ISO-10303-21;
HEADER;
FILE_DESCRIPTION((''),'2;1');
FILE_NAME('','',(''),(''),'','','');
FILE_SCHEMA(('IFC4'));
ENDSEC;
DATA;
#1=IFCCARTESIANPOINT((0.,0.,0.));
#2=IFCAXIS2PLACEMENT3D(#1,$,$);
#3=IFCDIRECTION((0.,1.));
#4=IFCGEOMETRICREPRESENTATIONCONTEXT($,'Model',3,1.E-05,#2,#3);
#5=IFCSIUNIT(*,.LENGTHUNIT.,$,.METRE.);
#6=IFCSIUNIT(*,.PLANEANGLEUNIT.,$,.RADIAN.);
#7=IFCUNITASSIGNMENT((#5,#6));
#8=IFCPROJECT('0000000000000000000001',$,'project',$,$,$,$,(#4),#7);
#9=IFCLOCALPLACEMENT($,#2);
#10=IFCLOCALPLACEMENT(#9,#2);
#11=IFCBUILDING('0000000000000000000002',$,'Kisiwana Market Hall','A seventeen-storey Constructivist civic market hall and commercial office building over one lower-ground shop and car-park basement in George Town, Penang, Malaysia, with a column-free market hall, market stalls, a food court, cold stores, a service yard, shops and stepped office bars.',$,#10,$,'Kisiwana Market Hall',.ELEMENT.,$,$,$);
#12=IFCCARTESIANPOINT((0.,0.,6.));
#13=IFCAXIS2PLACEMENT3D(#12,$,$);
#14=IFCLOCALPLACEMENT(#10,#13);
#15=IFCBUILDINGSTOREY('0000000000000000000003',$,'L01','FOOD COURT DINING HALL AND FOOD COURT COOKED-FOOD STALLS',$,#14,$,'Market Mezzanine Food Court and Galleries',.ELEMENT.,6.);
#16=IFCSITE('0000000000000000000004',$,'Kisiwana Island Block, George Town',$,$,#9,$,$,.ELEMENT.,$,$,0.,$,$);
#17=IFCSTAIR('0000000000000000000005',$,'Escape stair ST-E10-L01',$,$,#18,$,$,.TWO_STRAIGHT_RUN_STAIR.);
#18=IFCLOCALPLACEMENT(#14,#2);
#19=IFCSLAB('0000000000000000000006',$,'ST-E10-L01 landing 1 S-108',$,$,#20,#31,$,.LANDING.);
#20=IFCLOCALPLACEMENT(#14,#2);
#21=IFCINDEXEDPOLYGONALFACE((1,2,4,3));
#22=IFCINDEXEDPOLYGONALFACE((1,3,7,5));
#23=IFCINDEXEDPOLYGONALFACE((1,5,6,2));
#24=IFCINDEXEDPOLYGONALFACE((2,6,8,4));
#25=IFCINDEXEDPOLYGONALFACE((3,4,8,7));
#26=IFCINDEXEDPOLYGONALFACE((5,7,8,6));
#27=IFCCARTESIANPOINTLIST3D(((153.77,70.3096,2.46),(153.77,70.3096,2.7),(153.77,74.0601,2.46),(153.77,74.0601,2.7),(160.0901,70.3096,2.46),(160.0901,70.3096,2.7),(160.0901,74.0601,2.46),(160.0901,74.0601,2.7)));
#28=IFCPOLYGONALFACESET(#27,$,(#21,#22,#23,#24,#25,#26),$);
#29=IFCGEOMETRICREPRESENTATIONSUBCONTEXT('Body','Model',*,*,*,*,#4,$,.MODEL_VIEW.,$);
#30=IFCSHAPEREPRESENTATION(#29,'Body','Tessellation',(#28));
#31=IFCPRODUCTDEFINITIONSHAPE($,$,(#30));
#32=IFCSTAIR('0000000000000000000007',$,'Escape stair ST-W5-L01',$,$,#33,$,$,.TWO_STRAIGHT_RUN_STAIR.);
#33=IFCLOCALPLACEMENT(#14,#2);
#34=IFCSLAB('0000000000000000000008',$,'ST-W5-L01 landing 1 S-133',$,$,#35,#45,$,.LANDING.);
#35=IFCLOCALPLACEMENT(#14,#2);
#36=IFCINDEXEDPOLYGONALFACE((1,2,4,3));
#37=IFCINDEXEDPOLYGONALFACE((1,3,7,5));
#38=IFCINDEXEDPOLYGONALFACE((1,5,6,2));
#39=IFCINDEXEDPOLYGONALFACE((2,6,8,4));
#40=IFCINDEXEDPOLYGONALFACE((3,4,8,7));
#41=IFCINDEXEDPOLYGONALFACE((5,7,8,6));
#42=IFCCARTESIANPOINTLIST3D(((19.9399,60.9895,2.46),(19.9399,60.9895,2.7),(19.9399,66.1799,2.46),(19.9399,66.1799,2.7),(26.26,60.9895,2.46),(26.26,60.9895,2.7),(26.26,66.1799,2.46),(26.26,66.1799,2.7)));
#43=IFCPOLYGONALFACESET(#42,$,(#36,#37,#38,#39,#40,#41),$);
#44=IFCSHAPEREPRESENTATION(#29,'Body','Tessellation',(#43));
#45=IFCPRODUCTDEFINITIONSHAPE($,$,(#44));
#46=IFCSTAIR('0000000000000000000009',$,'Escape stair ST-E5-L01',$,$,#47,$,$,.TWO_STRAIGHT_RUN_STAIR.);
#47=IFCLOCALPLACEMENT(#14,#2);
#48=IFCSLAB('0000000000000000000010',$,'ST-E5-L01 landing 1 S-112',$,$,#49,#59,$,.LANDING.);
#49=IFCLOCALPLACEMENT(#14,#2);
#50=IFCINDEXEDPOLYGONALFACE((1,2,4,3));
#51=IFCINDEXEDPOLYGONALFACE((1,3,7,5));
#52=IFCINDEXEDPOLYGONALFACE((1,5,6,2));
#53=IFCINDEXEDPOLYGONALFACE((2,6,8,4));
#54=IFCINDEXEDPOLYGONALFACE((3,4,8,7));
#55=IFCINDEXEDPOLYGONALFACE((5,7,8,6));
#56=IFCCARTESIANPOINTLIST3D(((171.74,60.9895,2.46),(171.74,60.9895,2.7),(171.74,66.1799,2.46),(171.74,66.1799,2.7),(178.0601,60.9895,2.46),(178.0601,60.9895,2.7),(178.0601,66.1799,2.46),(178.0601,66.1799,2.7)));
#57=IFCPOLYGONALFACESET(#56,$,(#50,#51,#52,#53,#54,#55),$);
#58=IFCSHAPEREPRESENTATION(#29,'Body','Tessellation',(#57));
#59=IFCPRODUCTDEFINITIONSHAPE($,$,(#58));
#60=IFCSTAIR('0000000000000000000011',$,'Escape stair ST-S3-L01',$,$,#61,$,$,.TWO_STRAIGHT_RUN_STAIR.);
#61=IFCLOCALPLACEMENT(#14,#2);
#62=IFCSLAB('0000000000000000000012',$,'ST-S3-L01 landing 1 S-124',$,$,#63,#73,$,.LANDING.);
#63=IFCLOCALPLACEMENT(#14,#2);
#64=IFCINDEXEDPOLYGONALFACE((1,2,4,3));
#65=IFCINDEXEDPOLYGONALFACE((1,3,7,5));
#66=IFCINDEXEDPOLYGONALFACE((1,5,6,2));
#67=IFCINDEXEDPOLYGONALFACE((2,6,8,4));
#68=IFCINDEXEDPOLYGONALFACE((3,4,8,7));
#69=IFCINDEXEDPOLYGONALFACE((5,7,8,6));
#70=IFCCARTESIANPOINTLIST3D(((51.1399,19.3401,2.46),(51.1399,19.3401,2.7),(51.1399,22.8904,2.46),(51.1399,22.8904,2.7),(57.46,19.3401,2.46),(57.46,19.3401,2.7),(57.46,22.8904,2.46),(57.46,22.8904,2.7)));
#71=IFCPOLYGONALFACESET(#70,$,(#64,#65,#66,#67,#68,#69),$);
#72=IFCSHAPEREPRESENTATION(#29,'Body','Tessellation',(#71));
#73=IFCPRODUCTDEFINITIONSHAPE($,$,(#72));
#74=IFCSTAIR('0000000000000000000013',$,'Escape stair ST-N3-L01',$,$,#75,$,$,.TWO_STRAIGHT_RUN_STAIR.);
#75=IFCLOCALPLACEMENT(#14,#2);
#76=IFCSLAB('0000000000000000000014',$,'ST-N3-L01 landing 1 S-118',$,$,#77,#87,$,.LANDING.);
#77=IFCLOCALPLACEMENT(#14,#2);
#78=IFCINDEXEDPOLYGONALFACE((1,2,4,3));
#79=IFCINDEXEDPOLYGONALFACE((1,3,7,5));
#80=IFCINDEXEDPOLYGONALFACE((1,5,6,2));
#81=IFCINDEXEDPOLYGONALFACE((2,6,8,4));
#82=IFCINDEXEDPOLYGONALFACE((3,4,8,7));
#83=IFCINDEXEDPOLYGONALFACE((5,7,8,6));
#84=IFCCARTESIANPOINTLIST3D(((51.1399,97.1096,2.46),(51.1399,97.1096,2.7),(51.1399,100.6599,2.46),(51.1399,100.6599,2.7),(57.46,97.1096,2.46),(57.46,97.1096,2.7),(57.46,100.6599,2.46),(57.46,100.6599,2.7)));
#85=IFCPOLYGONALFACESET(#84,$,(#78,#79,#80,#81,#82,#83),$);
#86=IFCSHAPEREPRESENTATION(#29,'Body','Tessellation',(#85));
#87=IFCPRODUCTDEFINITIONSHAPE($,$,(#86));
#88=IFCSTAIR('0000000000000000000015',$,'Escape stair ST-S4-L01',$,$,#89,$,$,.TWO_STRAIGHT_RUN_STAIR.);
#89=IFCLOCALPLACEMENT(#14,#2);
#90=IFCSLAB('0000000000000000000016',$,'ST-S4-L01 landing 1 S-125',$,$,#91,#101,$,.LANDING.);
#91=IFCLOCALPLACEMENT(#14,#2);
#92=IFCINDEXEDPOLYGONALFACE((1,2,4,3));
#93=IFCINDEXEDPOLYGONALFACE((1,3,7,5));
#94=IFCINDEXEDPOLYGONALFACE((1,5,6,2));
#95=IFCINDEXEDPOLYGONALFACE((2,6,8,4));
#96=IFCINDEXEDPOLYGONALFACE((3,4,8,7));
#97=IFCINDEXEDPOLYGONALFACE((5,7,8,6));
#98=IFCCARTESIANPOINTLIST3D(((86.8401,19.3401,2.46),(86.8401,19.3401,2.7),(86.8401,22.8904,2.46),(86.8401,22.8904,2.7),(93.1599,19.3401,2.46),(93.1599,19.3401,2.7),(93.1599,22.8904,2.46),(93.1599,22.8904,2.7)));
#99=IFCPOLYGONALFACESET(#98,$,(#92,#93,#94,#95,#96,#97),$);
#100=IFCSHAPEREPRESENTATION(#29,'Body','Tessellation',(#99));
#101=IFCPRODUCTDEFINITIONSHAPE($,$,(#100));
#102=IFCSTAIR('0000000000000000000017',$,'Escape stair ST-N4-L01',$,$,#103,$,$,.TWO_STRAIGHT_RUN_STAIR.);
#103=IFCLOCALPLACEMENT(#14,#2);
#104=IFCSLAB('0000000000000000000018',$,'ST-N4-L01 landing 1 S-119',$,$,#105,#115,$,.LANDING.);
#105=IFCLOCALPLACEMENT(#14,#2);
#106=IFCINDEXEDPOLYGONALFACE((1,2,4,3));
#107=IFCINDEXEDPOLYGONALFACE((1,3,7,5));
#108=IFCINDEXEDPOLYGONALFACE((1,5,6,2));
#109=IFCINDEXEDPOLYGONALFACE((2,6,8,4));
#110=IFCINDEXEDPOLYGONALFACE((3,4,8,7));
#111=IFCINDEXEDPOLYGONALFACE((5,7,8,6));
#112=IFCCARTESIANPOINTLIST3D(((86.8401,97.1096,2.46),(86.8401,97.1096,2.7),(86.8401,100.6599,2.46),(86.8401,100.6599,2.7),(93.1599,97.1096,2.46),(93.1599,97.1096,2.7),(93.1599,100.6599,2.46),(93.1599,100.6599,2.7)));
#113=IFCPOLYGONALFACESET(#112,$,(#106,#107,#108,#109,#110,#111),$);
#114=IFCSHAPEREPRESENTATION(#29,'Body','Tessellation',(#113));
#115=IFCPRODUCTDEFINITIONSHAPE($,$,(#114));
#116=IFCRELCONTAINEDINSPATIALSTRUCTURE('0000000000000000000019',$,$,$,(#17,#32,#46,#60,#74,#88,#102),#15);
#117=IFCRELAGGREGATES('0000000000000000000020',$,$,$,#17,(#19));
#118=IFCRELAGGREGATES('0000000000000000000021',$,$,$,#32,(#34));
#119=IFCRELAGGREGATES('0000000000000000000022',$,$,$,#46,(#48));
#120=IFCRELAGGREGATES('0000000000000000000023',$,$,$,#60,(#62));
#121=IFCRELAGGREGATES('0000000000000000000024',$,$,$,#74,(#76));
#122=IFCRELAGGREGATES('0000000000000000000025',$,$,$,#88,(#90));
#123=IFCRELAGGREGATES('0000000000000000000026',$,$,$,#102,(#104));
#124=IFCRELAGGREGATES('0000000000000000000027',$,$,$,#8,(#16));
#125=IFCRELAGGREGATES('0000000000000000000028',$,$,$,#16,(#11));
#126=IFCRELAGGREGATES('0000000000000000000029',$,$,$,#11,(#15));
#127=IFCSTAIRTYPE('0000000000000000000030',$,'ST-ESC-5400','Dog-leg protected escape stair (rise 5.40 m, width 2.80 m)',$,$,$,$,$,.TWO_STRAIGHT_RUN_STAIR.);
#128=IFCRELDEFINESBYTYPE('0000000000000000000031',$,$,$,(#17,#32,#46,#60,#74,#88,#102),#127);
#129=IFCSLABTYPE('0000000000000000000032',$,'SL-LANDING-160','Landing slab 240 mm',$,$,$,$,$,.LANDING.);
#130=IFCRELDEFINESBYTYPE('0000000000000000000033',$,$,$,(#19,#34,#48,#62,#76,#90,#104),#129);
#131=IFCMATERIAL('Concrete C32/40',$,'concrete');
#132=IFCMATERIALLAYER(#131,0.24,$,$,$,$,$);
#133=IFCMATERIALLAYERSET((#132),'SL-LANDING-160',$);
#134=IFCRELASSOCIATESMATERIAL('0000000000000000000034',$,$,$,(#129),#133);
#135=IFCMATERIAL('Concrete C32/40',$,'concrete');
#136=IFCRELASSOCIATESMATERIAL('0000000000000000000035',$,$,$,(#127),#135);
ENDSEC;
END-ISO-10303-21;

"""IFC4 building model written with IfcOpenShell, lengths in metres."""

from ifc_helpers import new_model, si_unit, direction, frame, origin, place, context, subcontext, project, spatial, polyline, outline, extrude, material, layer, layer_set, type_object, element, aggregate, save


model = new_model("IFC4")

# Units and contexts
model_context = context("Model", 3, precision=1e-05, world=origin(), true_north=direction((0.0, 1.0)))
body_context = subcontext(model_context, "Body", "Model", "MODEL_VIEW")
ifc_project = project(units=[si_unit("LENGTHUNIT", "METRE"), si_unit("PLANEANGLEUNIT", "RADIAN")], contexts=[model_context])

# Site, building, storey
site_placement = place(None, origin())
site = spatial("IfcSite", under=ifc_project, at=site_placement, Name="Kisiwana Island Block, George Town", CompositionType="ELEMENT", RefElevation=0.0)
building_placement = place(site_placement, origin())
building = spatial("IfcBuilding", under=site, at=building_placement, Name="Kisiwana Market Hall", Description="A seventeen-storey Constructivist civic market hall and commercial office building over one lower-ground shop and car-park basement in George Town, Penang, Malaysia, with a column-free market hall, market stalls, a food court, cold stores, a service yard, shops and stepped office bars.", LongName="Kisiwana Market Hall", CompositionType="ELEMENT")
storey_placement = place(building_placement, frame((0.0, 0.0, 6.0)))
storey = spatial("IfcBuildingStorey", under=building, at=storey_placement, Name="L01", Description="FOOD COURT DINING HALL AND FOOD COURT COOKED-FOOD STALLS", LongName="Market Mezzanine Food Court and Galleries", CompositionType="ELEMENT", Elevation=6.0)

# Stairs, slabs
ifc_material_1 = material(Name="Concrete C32/40", Category="concrete")
ifc_layer = layer(ifc_material_1, 0.24)
ifc_layer_set = layer_set([ifc_layer], Name="SL-LANDING-160")
slab_type = type_object("IfcSlabType", Name="SL-LANDING-160", Description="Landing slab 240 mm", PredefinedType="LANDING", material=ifc_layer_set)
ifc_material_2 = material(Name="Concrete C32/40", Category="concrete")
stair_type_1 = type_object("IfcStairType", Name="ST-ESC-5400", Description="Dog-leg protected escape stair (rise 5.40 m, width 2.80 m)", PredefinedType="TWO_STRAIGHT_RUN_STAIR", material=ifc_material_2)
stair_1_placement = place(storey_placement, origin())
stair_1 = element("IfcStair", 1, at=stair_1_placement, inside=storey, type_object=stair_type_1, Name="Escape stair ST-E10-L01", PredefinedType="TWO_STRAIGHT_RUN_STAIR")
slab_1_placement = place(storey_placement, frame((0.0, 0.0, 2.46)))
slab_1 = element("IfcSlab", 2, at=slab_1_placement, type_object=slab_type, Name="ST-E10-L01 landing 1 S-108", PredefinedType="LANDING", context=body_context, shape_type="SweptSolid", body=[
    extrude(outline(polyline([(153.77, 70.3096), (160.0901, 70.3096), (160.0901, 74.0601), (153.77, 74.0601), (153.77, 70.3096)])), origin(), (0.0, 0.0, 1.0), 0.24),
])
aggregate(stair_1, [slab_1])
stair_2_placement = place(storey_placement, origin())
stair_2 = element("IfcStair", 3, at=stair_2_placement, inside=storey, type_object=stair_type_1, Name="Escape stair ST-W5-L01", PredefinedType="TWO_STRAIGHT_RUN_STAIR")
slab_2_placement = place(storey_placement, frame((0.0, 0.0, 2.46)))
slab_2 = element("IfcSlab", 4, at=slab_2_placement, type_object=slab_type, Name="ST-W5-L01 landing 1 S-133", PredefinedType="LANDING", context=body_context, shape_type="SweptSolid", body=[
    extrude(outline(polyline([(19.9399, 60.9895), (26.26, 60.9895), (26.26, 66.1799), (19.9399, 66.1799), (19.9399, 60.9895)])), origin(), (0.0, 0.0, 1.0), 0.24),
])
aggregate(stair_2, [slab_2])
stair_3_placement = place(storey_placement, origin())
stair_3 = element("IfcStair", 5, at=stair_3_placement, inside=storey, type_object=stair_type_1, Name="Escape stair ST-E5-L01", PredefinedType="TWO_STRAIGHT_RUN_STAIR")
slab_3_placement = place(storey_placement, frame((0.0, 0.0, 2.46)))
slab_3 = element("IfcSlab", 6, at=slab_3_placement, type_object=slab_type, Name="ST-E5-L01 landing 1 S-112", PredefinedType="LANDING", context=body_context, shape_type="SweptSolid", body=[
    extrude(outline(polyline([(171.74, 60.9895), (178.0601, 60.9895), (178.0601, 66.1799), (171.74, 66.1799), (171.74, 60.9895)])), origin(), (0.0, 0.0, 1.0), 0.24),
])
aggregate(stair_3, [slab_3])
stair_4_placement = place(storey_placement, origin())
stair_4 = element("IfcStair", 7, at=stair_4_placement, inside=storey, type_object=stair_type_1, Name="Escape stair ST-S3-L01", PredefinedType="TWO_STRAIGHT_RUN_STAIR")
slab_4_placement = place(storey_placement, frame((0.0, 0.0, 2.46)))
slab_4 = element("IfcSlab", 8, at=slab_4_placement, type_object=slab_type, Name="ST-S3-L01 landing 1 S-124", PredefinedType="LANDING", context=body_context, shape_type="SweptSolid", body=[
    extrude(outline(polyline([(51.1399, 19.3401), (57.46, 19.3401), (57.46, 22.8904), (51.1399, 22.8904), (51.1399, 19.3401)])), origin(), (0.0, 0.0, 1.0), 0.24),
])
aggregate(stair_4, [slab_4])
stair_5_placement = place(storey_placement, origin())
stair_5 = element("IfcStair", 9, at=stair_5_placement, inside=storey, type_object=stair_type_1, Name="Escape stair ST-N3-L01", PredefinedType="TWO_STRAIGHT_RUN_STAIR")
slab_5_placement = place(storey_placement, frame((0.0, 0.0, 2.46)))
slab_5 = element("IfcSlab", 10, at=slab_5_placement, type_object=slab_type, Name="ST-N3-L01 landing 1 S-118", PredefinedType="LANDING", context=body_context, shape_type="SweptSolid", body=[
    extrude(outline(polyline([(51.1399, 97.1096), (57.46, 97.1096), (57.46, 100.6599), (51.1399, 100.6599), (51.1399, 97.1096)])), origin(), (0.0, 0.0, 1.0), 0.24),
])
aggregate(stair_5, [slab_5])
stair_6_placement = place(storey_placement, origin())
stair_6 = element("IfcStair", 11, at=stair_6_placement, inside=storey, type_object=stair_type_1, Name="Escape stair ST-S4-L01", PredefinedType="TWO_STRAIGHT_RUN_STAIR")
slab_6_placement = place(storey_placement, frame((0.0, 0.0, 2.46)))
slab_6 = element("IfcSlab", 12, at=slab_6_placement, type_object=slab_type, Name="ST-S4-L01 landing 1 S-125", PredefinedType="LANDING", context=body_context, shape_type="SweptSolid", body=[
    extrude(outline(polyline([(86.8401, 19.3401), (93.1599, 19.3401), (93.1599, 22.8904), (86.8401, 22.8904), (86.8401, 19.3401)])), origin(), (0.0, 0.0, 1.0), 0.24),
])
aggregate(stair_6, [slab_6])
stair_7_placement = place(storey_placement, origin())
stair_7 = element("IfcStair", 13, at=stair_7_placement, inside=storey, type_object=stair_type_1, Name="Escape stair ST-N4-L01", PredefinedType="TWO_STRAIGHT_RUN_STAIR")
slab_7_placement = place(storey_placement, frame((0.0, 0.0, 2.46)))
slab_7 = element("IfcSlab", 14, at=slab_7_placement, type_object=slab_type, Name="ST-N4-L01 landing 1 S-119", PredefinedType="LANDING", context=body_context, shape_type="SweptSolid", body=[
    extrude(outline(polyline([(86.8401, 97.1096), (93.1599, 97.1096), (93.1599, 100.6599), (86.8401, 100.6599), (86.8401, 97.1096)])), origin(), (0.0, 0.0, 1.0), 0.24),
])
aggregate(stair_7, [slab_7])

save(model, "model.ifc")
